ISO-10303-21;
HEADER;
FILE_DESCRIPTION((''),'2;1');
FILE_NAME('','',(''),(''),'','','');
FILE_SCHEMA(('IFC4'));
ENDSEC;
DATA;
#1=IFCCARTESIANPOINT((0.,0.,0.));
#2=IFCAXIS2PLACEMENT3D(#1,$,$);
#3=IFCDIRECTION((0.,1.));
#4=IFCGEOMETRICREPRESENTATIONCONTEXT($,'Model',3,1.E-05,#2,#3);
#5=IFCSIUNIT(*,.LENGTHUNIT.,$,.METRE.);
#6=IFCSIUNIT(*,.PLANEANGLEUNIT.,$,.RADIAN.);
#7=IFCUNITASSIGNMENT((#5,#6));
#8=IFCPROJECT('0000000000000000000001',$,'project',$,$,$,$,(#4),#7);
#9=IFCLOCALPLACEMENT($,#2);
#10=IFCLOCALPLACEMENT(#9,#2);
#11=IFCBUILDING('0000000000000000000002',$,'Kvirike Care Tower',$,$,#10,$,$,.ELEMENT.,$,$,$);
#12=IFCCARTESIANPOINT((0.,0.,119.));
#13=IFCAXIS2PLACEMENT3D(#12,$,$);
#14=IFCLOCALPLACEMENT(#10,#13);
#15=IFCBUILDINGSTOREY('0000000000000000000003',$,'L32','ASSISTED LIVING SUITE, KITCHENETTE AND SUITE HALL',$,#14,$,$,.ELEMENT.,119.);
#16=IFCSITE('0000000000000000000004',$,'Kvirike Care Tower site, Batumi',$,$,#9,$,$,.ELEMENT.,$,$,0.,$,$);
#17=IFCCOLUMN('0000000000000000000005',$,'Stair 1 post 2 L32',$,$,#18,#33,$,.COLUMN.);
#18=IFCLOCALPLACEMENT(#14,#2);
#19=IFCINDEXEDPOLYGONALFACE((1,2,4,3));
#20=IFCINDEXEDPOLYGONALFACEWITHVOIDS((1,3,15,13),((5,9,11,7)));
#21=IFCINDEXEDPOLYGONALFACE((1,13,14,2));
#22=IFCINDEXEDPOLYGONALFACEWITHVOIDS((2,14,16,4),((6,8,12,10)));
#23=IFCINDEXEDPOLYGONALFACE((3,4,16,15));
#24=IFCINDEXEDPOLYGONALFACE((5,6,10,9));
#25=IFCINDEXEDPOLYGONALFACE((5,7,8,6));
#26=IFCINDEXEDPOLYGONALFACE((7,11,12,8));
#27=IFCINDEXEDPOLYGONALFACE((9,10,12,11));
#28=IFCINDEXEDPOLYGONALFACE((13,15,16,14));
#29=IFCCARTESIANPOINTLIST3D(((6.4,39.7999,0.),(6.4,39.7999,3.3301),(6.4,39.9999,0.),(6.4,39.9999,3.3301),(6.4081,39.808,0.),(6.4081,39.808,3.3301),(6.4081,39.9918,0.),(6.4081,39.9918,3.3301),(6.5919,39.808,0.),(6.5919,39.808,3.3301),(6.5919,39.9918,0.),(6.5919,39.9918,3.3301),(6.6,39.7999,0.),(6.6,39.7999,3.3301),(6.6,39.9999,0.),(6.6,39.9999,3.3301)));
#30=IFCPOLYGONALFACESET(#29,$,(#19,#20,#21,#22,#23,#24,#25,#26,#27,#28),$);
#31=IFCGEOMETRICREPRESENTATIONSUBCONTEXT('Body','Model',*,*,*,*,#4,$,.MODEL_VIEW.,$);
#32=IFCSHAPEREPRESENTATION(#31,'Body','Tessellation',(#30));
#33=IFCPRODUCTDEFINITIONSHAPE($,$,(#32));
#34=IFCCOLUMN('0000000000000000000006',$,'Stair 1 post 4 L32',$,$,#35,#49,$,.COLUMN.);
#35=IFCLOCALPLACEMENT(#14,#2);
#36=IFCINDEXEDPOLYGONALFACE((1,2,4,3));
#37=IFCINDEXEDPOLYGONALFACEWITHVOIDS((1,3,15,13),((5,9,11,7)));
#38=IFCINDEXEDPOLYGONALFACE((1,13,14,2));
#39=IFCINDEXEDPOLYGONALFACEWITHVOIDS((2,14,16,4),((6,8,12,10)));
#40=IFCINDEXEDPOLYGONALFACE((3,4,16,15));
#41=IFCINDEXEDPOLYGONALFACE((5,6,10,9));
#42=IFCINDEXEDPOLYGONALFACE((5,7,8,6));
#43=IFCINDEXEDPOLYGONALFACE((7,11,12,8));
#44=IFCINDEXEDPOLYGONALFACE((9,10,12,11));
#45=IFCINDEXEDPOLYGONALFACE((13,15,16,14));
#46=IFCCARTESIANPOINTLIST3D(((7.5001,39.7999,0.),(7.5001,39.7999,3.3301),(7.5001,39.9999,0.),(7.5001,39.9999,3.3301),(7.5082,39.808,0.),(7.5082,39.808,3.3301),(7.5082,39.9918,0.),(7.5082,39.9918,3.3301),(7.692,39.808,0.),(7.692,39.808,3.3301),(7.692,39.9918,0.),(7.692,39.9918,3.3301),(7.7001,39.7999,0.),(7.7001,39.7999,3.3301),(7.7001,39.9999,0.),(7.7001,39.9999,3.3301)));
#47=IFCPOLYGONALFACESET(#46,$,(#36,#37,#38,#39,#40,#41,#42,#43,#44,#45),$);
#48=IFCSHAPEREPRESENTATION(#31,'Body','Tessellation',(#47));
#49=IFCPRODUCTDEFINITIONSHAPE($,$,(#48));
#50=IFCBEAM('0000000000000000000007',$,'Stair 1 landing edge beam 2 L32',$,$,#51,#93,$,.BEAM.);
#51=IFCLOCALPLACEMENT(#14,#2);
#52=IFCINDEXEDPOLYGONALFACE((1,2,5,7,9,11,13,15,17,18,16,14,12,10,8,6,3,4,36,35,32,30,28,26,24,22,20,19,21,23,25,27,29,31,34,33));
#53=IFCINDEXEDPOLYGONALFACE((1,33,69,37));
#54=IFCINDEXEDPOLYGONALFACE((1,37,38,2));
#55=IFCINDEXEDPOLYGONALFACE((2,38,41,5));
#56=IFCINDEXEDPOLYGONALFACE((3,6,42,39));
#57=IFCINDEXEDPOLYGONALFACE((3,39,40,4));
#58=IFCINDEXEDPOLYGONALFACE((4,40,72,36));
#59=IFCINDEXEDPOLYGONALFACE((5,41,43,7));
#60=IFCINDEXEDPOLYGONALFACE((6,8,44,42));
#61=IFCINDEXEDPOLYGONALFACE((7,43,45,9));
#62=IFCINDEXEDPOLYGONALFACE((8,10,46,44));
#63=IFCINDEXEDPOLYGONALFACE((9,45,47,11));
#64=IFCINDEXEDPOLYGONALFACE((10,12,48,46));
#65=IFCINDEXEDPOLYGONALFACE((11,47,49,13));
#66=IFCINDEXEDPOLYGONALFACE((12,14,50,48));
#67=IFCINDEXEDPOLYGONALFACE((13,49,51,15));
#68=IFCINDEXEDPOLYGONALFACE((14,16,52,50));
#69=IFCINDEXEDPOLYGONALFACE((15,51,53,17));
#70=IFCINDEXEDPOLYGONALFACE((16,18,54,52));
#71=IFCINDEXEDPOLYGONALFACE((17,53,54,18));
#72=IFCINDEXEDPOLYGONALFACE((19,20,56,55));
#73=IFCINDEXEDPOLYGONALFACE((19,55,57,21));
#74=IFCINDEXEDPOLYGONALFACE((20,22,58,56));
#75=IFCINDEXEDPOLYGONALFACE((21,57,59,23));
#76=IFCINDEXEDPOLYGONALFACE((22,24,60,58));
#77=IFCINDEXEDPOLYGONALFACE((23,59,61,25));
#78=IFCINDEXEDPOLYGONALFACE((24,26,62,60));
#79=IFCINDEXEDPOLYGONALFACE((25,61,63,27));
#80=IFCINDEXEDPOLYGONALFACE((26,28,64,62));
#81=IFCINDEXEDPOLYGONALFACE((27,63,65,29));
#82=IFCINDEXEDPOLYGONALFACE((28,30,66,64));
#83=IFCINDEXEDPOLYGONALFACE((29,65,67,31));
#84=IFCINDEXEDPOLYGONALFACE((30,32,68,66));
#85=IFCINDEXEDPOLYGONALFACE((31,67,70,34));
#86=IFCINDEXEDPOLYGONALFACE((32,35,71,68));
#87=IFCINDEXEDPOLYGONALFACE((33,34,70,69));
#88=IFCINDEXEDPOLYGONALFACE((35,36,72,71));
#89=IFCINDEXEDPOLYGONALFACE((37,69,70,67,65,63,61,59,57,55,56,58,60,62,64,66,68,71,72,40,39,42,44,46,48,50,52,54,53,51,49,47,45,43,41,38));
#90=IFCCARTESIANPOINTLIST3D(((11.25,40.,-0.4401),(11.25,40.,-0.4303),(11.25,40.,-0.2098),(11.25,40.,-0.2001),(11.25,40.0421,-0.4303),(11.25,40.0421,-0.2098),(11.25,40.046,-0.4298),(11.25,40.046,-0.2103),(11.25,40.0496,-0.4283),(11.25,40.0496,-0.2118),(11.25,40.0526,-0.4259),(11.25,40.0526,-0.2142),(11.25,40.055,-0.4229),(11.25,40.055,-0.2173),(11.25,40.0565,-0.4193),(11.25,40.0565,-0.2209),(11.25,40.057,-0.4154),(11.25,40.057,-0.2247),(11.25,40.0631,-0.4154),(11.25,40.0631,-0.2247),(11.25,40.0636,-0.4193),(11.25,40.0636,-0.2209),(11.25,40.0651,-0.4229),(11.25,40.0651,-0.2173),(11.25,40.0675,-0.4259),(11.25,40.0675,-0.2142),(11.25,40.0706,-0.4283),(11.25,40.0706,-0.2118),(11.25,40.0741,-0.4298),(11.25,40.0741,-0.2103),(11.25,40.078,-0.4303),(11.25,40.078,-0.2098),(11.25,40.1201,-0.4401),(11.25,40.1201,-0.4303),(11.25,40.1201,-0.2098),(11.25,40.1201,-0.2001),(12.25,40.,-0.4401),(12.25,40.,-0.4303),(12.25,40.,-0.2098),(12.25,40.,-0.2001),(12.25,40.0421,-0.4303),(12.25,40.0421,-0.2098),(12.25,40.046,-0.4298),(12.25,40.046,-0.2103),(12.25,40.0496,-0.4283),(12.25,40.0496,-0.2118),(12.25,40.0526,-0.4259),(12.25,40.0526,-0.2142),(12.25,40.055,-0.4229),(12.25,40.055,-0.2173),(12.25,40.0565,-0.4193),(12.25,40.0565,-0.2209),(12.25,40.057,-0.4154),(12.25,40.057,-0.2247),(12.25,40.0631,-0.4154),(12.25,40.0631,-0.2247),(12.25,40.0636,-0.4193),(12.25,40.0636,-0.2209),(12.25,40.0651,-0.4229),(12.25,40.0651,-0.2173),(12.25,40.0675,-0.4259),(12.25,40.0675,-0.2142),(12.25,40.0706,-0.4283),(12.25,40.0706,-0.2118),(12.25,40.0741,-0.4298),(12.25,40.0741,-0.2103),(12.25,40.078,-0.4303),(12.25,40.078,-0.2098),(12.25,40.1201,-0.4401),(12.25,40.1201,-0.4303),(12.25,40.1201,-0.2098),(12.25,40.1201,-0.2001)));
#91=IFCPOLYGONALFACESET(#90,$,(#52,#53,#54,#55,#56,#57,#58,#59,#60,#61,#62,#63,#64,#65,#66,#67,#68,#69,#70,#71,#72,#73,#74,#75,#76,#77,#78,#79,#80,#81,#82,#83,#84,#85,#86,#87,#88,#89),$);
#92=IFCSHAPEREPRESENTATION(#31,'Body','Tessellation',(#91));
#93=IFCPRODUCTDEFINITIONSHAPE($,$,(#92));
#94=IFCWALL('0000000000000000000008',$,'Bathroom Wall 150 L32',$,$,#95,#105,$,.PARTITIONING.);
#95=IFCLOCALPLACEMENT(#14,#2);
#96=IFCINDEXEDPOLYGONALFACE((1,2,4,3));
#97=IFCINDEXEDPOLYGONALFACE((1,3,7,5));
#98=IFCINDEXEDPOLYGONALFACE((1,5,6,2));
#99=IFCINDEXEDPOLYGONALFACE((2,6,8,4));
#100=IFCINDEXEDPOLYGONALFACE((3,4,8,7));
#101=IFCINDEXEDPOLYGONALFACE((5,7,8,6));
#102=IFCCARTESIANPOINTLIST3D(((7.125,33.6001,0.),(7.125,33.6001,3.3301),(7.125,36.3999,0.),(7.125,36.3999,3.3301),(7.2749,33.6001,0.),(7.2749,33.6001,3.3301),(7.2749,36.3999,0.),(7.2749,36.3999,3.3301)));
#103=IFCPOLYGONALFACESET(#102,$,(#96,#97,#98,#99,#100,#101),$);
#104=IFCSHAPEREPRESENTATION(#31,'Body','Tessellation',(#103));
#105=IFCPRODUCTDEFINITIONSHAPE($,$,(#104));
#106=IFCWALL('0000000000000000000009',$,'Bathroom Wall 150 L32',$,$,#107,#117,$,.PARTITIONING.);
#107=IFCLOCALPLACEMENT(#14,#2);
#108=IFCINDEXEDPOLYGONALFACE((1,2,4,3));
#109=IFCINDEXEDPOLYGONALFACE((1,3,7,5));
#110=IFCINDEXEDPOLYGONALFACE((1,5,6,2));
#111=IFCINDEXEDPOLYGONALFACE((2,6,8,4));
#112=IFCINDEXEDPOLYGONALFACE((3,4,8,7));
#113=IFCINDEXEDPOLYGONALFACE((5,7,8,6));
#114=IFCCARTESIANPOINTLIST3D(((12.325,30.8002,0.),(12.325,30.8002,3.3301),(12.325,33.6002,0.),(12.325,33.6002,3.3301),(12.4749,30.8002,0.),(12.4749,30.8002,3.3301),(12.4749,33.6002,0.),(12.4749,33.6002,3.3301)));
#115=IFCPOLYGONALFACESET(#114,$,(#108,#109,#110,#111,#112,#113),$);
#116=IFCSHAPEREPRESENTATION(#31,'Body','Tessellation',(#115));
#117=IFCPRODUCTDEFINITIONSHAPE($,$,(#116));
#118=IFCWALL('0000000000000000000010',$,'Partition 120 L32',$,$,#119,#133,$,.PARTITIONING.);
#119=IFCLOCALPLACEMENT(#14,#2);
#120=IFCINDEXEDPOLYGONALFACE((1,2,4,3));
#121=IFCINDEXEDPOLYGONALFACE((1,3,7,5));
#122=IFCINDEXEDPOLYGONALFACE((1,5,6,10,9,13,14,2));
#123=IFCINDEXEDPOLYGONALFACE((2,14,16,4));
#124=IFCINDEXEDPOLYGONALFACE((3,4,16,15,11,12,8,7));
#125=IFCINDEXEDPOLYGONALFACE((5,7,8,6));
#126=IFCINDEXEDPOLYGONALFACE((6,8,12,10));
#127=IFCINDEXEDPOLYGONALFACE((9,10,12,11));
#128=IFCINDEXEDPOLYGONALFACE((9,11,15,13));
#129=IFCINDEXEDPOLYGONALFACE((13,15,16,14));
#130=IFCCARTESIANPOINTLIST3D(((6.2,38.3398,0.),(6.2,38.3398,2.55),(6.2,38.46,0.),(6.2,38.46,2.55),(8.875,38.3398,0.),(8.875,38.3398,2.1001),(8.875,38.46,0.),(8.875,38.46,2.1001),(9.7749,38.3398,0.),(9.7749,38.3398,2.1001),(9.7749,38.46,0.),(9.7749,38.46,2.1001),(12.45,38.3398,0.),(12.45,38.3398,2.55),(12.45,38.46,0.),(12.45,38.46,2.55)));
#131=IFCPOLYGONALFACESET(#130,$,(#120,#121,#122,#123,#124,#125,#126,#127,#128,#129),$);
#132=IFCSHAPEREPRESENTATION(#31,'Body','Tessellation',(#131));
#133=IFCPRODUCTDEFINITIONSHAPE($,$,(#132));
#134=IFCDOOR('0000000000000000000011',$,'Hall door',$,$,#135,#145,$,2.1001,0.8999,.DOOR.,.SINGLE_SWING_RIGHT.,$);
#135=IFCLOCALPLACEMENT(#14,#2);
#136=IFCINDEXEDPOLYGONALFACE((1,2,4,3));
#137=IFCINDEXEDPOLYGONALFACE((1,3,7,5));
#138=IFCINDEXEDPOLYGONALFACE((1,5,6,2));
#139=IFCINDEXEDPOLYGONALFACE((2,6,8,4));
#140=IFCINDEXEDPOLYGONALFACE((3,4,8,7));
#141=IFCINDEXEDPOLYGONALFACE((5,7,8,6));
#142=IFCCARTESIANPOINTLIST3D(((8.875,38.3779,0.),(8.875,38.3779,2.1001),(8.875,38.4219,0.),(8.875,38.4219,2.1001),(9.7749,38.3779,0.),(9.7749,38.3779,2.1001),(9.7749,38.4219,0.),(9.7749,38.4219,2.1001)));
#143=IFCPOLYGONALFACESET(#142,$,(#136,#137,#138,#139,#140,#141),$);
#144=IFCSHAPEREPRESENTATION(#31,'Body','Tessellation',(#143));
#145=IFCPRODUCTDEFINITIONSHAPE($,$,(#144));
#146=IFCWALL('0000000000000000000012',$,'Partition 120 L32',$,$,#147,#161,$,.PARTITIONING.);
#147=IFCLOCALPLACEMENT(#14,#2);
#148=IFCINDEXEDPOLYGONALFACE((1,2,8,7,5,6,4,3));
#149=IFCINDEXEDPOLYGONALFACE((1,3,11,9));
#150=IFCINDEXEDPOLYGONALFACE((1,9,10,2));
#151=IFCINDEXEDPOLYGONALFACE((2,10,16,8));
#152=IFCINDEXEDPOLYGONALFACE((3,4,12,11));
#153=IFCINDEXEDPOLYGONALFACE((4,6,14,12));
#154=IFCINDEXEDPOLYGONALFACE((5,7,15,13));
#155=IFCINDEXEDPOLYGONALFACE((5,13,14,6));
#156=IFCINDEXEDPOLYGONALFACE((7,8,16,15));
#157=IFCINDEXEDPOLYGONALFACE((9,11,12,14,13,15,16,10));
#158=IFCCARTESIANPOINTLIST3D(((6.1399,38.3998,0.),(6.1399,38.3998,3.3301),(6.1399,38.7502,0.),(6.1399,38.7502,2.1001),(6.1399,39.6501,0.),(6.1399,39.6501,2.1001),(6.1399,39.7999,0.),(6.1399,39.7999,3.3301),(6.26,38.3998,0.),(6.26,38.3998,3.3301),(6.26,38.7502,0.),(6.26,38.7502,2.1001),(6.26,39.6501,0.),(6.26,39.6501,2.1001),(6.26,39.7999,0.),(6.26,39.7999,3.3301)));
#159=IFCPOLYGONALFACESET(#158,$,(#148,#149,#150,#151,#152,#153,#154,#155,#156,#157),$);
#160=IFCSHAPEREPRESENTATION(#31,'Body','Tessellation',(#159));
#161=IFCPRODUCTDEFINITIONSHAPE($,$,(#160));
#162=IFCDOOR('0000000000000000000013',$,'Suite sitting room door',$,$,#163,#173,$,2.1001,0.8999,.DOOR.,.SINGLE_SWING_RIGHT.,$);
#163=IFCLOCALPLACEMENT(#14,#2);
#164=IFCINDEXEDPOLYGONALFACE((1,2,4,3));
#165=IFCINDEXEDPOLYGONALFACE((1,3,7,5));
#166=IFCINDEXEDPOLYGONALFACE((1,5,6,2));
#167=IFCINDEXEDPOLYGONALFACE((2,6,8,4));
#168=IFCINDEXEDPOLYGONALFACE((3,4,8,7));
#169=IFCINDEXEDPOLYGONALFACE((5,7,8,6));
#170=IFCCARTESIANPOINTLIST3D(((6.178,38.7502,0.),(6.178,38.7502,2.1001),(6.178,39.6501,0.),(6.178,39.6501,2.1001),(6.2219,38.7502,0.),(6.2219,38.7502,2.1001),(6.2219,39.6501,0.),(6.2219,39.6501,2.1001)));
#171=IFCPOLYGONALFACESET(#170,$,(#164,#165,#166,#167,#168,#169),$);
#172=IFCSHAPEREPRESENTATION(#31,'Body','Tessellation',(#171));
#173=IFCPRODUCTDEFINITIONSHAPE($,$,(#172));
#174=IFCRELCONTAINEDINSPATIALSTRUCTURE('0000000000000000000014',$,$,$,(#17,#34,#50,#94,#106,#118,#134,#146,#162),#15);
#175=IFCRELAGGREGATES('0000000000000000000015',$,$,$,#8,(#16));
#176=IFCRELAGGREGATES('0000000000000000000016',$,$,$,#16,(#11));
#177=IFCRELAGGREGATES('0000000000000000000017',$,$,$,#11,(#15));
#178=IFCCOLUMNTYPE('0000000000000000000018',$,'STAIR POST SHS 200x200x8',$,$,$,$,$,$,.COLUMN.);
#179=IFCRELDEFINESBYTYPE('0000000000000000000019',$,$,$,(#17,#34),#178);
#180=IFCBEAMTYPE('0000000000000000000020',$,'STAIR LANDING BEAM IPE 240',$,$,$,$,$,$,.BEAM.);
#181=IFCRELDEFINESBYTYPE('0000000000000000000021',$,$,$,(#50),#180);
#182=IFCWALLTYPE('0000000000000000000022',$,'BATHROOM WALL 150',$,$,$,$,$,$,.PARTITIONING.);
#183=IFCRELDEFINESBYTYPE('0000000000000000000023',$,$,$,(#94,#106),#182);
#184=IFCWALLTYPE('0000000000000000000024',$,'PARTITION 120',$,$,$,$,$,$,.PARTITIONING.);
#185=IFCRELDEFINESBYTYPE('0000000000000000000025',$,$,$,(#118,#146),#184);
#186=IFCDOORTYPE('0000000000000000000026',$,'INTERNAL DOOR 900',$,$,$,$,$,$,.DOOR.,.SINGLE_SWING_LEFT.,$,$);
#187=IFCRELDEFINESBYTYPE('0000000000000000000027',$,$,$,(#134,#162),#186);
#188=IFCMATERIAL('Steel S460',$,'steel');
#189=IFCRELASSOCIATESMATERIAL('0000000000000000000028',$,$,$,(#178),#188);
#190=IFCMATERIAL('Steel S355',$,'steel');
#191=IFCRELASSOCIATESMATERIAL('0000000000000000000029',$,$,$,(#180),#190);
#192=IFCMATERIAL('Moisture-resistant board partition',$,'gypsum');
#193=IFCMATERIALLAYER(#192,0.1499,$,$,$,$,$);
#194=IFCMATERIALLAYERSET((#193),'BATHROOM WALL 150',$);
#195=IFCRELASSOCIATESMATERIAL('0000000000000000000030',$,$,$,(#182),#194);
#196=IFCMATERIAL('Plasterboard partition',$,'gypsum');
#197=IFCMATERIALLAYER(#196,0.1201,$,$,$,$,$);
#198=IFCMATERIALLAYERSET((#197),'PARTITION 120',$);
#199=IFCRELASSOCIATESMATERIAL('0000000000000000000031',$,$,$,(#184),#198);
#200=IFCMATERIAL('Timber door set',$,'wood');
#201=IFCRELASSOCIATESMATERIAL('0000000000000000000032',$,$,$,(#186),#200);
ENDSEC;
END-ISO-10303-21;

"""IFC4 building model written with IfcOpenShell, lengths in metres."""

from ifc_helpers import new_model, si_unit, direction, frame, frame_2d, origin, origin_2d, place, context, subcontext, project, spatial, rectangle, hollow_rectangle, i_section, extrude, material, layer, layer_set, material_profile, profile_set, type_object, element, fill, save


model = new_model("IFC4")

# Units and contexts
model_context = context("Model", 3, precision=1e-05, world=origin(), true_north=direction((0.0, 1.0)))
body_context = subcontext(model_context, "Body", "Model", "MODEL_VIEW")
ifc_project = project(units=[si_unit("LENGTHUNIT", "METRE"), si_unit("PLANEANGLEUNIT", "RADIAN")], contexts=[model_context])

# Site, building, storey
site_placement = place(None, origin())
site = spatial("IfcSite", under=ifc_project, at=site_placement, Name="Kvirike Care Tower site, Batumi", CompositionType="ELEMENT", RefElevation=0.0)
building_placement = place(site_placement, origin())
building = spatial("IfcBuilding", under=site, at=building_placement, Name="Kvirike Care Tower", CompositionType="ELEMENT")
storey_placement = place(building_placement, frame((0.0, 0.0, 119.0)))
storey = spatial("IfcBuildingStorey", under=building, at=storey_placement, Name="L32", Description="ASSISTED LIVING SUITE, KITCHENETTE AND SUITE HALL", CompositionType="ELEMENT", Elevation=119.0)

# Columns
ifc_material_1 = material(Name="Steel S460", Category="steel")
ifc_material_profile_1 = material_profile(ifc_material_1, hollow_rectangle(XDim=0.2, YDim=0.2, WallThickness=0.0081, at=origin_2d()), Name="SHS 200x200x8")
ifc_profile_set_1 = profile_set([ifc_material_profile_1], Name="Steel S460")
column_type = type_object("IfcColumnType", Name="STAIR POST SHS 200x200x8", PredefinedType="COLUMN", material=ifc_profile_set_1)
for number, where, z_axis, x_axis, name in (
    (1, (6.5, 39.8999, 0.0), (0.0, 0.0, 1.0), (1.0, 0.0, 0.0), "Stair 1 post 2 L32"),
    (2, (7.6001, 39.8999, 0.0), (0.0, 0.0, 1.0), (1.0, 0.0, 0.0), "Stair 1 post 4 L32"),
):
    element("IfcColumn", number, at=place(storey_placement, frame(where, z_axis=z_axis, x_axis=x_axis)), inside=storey, type_object=column_type, Name=name, PredefinedType="COLUMN", context=body_context, shape_type="SweptSolid", body=[
        extrude(hollow_rectangle(XDim=0.2, YDim=0.2, WallThickness=0.0081, at=origin_2d()), origin(), (0.0, 0.0, 1.0), 3.3301),
    ])

# Beam
ifc_material_2 = material(Name="Steel S355", Category="steel")
ifc_material_profile_2 = material_profile(ifc_material_2, i_section(OverallWidth=0.1201, OverallDepth=0.24, WebThickness=0.0061, FlangeThickness=0.0098, FilletRadius=0.0149, at=origin_2d()), Name="IPE 240")
ifc_profile_set_2 = profile_set([ifc_material_profile_2], Name="Steel S355")
beam_type = type_object("IfcBeamType", Name="STAIR LANDING BEAM IPE 240", PredefinedType="BEAM", material=ifc_profile_set_2)
beam_placement = place(storey_placement, frame((11.25, 40.0601, -0.3201), z_axis=(1.0, 0.0, 0.0), x_axis=(0.0, 1.0, 0.0)))
element("IfcBeam", 3, at=beam_placement, inside=storey, type_object=beam_type, Name="Stair 1 landing edge beam 2 L32", PredefinedType="BEAM", context=body_context, shape_type="SweptSolid", body=[
    extrude(i_section(OverallWidth=0.1201, OverallDepth=0.24, WebThickness=0.0061, FlangeThickness=0.0098, FilletRadius=0.0149, at=origin_2d()), origin(), (0.0, 0.0, 1.0), 1.0),
])

# Walls
ifc_material_3 = material(Name="Moisture-resistant board partition", Category="gypsum")
ifc_layer_1 = layer(ifc_material_3, 0.1499)
ifc_layer_set_1 = layer_set([ifc_layer_1], Name="BATHROOM WALL 150")
wall_type_1 = type_object("IfcWallType", Name="BATHROOM WALL 150", PredefinedType="PARTITIONING", material=ifc_layer_set_1)
wall_1_placement = place(storey_placement, frame((7.2, 36.3999, 0.0), z_axis=(0.0, 0.0, 1.0), x_axis=(0.0, -1.0, 0.0)))
element("IfcWall", 4, at=wall_1_placement, inside=storey, type_object=wall_type_1, Name="Bathroom Wall 150 L32", PredefinedType="PARTITIONING", context=body_context, shape_type="SweptSolid", body=[
    extrude(rectangle(XDim=2.7998, YDim=0.1499, at=frame_2d((1.3999, 0.0))), origin(), (0.0, 0.0, 1.0), 3.3301),
])
wall_2_placement = place(storey_placement, frame((12.3999, 33.6001, 0.0), z_axis=(0.0, 0.0, 1.0), x_axis=(0.0, -1.0, 0.0)))
element("IfcWall", 5, at=wall_2_placement, inside=storey, type_object=wall_type_1, Name="Bathroom Wall 150 L32", PredefinedType="PARTITIONING", context=body_context, shape_type="SweptSolid", body=[
    extrude(rectangle(XDim=2.8, YDim=0.1499, at=frame_2d((1.3999, 0.0))), origin(), (0.0, 0.0, 1.0), 3.3301),
])

# Walls, openings, doors
ifc_material_4 = material(Name="Plasterboard partition", Category="gypsum")
ifc_layer_2 = layer(ifc_material_4, 0.1201)
ifc_layer_set_2 = layer_set([ifc_layer_2], Name="PARTITION 120")
wall_type_2 = type_object("IfcWallType", Name="PARTITION 120", PredefinedType="PARTITIONING", material=ifc_layer_set_2)
wall_3_placement = place(storey_placement, frame((6.2, 38.3999, 0.0), z_axis=(0.0, 0.0, 1.0), x_axis=(1.0, 0.0, 0.0)))
wall_3 = element("IfcWall", 6, at=wall_3_placement, inside=storey, type_object=wall_type_2, Name="Partition 120 L32", PredefinedType="PARTITIONING", context=body_context, shape_type="SweptSolid", body=[
    extrude(rectangle(XDim=6.25, YDim=0.1201, at=frame_2d((3.125, 0.0))), origin(), (0.0, 0.0, 1.0), 2.55),
])
opening_1_placement = place(wall_3_placement, frame((2.675, 0.0, 0.0)))
opening_1 = element("IfcOpeningElement", 7, at=opening_1_placement, cuts=wall_3, PredefinedType="OPENING", context=body_context, shape_type="SweptSolid", body=[
    extrude(rectangle(XDim=0.8999, YDim=2.1001, at=frame_2d((0.45, 1.05))), frame((0.0, 0.0706, 0.0), z_axis=(0.0, -1.0, 0.0), x_axis=(1.0, 0.0, 0.0)), (0.0, 0.0, 1.0), 0.1411),
])
ifc_material_5 = material(Name="Timber door set", Category="wood")
door_type_1 = type_object("IfcDoorType", Name="INTERNAL DOOR 900", OperationType="SINGLE_SWING_LEFT", PredefinedType="DOOR", material=ifc_material_5)
door_1_placement = place(opening_1_placement, origin())
door_1 = element("IfcDoor", 8, at=door_1_placement, inside=storey, type_object=door_type_1, Name="Hall door", OperationType="SINGLE_SWING_RIGHT", OverallHeight=2.1001, OverallWidth=0.8999, PredefinedType="DOOR", context=body_context, shape_type="SweptSolid", body=[
    extrude(rectangle(XDim=0.8999, YDim=2.1001, at=frame_2d((0.45, 1.05))), frame((0.0, 0.022, 0.0), z_axis=(0.0, -1.0, 0.0), x_axis=(1.0, 0.0, 0.0)), (0.0, 0.0, 1.0), 0.0439),
])
fill(opening_1, door_1)
wall_4_placement = place(storey_placement, frame((6.2, 39.8, 0.0), z_axis=(0.0, 0.0, 1.0), x_axis=(0.0, -1.0, 0.0)))
wall_4 = element("IfcWall", 9, at=wall_4_placement, inside=storey, type_object=wall_type_2, Name="Partition 120 L32", PredefinedType="PARTITIONING", context=body_context, shape_type="SweptSolid", body=[
    extrude(rectangle(XDim=1.4001, YDim=0.1201, at=frame_2d((0.7002, 0.0))), origin(), (0.0, 0.0, 1.0), 3.3301),
])
opening_2_placement = place(wall_4_placement, frame((0.1499, 0.0, 0.0)))
opening_2 = element("IfcOpeningElement", 10, at=opening_2_placement, cuts=wall_4, PredefinedType="OPENING", context=body_context, shape_type="SweptSolid", body=[
    extrude(rectangle(XDim=0.8999, YDim=2.1001, at=frame_2d((0.45, 1.05))), frame((0.0, 0.0706, 0.0), z_axis=(0.0, -1.0, 0.0), x_axis=(1.0, 0.0, 0.0)), (0.0, 0.0, 1.0), 0.1411),
])
door_2_placement = place(opening_2_placement, origin())
door_2 = element("IfcDoor", 11, at=door_2_placement, inside=storey, type_object=door_type_1, Name="Suite sitting room door", OperationType="SINGLE_SWING_RIGHT", OverallHeight=2.1001, OverallWidth=0.8999, PredefinedType="DOOR", context=body_context, shape_type="SweptSolid", body=[
    extrude(rectangle(XDim=0.8999, YDim=2.1001, at=frame_2d((0.45, 1.05))), frame((0.0, 0.022, 0.0), z_axis=(0.0, -1.0, 0.0), x_axis=(1.0, 0.0, 0.0)), (0.0, 0.0, 1.0), 0.0439),
])
fill(opening_2, door_2)

save(model, "model.ifc")
